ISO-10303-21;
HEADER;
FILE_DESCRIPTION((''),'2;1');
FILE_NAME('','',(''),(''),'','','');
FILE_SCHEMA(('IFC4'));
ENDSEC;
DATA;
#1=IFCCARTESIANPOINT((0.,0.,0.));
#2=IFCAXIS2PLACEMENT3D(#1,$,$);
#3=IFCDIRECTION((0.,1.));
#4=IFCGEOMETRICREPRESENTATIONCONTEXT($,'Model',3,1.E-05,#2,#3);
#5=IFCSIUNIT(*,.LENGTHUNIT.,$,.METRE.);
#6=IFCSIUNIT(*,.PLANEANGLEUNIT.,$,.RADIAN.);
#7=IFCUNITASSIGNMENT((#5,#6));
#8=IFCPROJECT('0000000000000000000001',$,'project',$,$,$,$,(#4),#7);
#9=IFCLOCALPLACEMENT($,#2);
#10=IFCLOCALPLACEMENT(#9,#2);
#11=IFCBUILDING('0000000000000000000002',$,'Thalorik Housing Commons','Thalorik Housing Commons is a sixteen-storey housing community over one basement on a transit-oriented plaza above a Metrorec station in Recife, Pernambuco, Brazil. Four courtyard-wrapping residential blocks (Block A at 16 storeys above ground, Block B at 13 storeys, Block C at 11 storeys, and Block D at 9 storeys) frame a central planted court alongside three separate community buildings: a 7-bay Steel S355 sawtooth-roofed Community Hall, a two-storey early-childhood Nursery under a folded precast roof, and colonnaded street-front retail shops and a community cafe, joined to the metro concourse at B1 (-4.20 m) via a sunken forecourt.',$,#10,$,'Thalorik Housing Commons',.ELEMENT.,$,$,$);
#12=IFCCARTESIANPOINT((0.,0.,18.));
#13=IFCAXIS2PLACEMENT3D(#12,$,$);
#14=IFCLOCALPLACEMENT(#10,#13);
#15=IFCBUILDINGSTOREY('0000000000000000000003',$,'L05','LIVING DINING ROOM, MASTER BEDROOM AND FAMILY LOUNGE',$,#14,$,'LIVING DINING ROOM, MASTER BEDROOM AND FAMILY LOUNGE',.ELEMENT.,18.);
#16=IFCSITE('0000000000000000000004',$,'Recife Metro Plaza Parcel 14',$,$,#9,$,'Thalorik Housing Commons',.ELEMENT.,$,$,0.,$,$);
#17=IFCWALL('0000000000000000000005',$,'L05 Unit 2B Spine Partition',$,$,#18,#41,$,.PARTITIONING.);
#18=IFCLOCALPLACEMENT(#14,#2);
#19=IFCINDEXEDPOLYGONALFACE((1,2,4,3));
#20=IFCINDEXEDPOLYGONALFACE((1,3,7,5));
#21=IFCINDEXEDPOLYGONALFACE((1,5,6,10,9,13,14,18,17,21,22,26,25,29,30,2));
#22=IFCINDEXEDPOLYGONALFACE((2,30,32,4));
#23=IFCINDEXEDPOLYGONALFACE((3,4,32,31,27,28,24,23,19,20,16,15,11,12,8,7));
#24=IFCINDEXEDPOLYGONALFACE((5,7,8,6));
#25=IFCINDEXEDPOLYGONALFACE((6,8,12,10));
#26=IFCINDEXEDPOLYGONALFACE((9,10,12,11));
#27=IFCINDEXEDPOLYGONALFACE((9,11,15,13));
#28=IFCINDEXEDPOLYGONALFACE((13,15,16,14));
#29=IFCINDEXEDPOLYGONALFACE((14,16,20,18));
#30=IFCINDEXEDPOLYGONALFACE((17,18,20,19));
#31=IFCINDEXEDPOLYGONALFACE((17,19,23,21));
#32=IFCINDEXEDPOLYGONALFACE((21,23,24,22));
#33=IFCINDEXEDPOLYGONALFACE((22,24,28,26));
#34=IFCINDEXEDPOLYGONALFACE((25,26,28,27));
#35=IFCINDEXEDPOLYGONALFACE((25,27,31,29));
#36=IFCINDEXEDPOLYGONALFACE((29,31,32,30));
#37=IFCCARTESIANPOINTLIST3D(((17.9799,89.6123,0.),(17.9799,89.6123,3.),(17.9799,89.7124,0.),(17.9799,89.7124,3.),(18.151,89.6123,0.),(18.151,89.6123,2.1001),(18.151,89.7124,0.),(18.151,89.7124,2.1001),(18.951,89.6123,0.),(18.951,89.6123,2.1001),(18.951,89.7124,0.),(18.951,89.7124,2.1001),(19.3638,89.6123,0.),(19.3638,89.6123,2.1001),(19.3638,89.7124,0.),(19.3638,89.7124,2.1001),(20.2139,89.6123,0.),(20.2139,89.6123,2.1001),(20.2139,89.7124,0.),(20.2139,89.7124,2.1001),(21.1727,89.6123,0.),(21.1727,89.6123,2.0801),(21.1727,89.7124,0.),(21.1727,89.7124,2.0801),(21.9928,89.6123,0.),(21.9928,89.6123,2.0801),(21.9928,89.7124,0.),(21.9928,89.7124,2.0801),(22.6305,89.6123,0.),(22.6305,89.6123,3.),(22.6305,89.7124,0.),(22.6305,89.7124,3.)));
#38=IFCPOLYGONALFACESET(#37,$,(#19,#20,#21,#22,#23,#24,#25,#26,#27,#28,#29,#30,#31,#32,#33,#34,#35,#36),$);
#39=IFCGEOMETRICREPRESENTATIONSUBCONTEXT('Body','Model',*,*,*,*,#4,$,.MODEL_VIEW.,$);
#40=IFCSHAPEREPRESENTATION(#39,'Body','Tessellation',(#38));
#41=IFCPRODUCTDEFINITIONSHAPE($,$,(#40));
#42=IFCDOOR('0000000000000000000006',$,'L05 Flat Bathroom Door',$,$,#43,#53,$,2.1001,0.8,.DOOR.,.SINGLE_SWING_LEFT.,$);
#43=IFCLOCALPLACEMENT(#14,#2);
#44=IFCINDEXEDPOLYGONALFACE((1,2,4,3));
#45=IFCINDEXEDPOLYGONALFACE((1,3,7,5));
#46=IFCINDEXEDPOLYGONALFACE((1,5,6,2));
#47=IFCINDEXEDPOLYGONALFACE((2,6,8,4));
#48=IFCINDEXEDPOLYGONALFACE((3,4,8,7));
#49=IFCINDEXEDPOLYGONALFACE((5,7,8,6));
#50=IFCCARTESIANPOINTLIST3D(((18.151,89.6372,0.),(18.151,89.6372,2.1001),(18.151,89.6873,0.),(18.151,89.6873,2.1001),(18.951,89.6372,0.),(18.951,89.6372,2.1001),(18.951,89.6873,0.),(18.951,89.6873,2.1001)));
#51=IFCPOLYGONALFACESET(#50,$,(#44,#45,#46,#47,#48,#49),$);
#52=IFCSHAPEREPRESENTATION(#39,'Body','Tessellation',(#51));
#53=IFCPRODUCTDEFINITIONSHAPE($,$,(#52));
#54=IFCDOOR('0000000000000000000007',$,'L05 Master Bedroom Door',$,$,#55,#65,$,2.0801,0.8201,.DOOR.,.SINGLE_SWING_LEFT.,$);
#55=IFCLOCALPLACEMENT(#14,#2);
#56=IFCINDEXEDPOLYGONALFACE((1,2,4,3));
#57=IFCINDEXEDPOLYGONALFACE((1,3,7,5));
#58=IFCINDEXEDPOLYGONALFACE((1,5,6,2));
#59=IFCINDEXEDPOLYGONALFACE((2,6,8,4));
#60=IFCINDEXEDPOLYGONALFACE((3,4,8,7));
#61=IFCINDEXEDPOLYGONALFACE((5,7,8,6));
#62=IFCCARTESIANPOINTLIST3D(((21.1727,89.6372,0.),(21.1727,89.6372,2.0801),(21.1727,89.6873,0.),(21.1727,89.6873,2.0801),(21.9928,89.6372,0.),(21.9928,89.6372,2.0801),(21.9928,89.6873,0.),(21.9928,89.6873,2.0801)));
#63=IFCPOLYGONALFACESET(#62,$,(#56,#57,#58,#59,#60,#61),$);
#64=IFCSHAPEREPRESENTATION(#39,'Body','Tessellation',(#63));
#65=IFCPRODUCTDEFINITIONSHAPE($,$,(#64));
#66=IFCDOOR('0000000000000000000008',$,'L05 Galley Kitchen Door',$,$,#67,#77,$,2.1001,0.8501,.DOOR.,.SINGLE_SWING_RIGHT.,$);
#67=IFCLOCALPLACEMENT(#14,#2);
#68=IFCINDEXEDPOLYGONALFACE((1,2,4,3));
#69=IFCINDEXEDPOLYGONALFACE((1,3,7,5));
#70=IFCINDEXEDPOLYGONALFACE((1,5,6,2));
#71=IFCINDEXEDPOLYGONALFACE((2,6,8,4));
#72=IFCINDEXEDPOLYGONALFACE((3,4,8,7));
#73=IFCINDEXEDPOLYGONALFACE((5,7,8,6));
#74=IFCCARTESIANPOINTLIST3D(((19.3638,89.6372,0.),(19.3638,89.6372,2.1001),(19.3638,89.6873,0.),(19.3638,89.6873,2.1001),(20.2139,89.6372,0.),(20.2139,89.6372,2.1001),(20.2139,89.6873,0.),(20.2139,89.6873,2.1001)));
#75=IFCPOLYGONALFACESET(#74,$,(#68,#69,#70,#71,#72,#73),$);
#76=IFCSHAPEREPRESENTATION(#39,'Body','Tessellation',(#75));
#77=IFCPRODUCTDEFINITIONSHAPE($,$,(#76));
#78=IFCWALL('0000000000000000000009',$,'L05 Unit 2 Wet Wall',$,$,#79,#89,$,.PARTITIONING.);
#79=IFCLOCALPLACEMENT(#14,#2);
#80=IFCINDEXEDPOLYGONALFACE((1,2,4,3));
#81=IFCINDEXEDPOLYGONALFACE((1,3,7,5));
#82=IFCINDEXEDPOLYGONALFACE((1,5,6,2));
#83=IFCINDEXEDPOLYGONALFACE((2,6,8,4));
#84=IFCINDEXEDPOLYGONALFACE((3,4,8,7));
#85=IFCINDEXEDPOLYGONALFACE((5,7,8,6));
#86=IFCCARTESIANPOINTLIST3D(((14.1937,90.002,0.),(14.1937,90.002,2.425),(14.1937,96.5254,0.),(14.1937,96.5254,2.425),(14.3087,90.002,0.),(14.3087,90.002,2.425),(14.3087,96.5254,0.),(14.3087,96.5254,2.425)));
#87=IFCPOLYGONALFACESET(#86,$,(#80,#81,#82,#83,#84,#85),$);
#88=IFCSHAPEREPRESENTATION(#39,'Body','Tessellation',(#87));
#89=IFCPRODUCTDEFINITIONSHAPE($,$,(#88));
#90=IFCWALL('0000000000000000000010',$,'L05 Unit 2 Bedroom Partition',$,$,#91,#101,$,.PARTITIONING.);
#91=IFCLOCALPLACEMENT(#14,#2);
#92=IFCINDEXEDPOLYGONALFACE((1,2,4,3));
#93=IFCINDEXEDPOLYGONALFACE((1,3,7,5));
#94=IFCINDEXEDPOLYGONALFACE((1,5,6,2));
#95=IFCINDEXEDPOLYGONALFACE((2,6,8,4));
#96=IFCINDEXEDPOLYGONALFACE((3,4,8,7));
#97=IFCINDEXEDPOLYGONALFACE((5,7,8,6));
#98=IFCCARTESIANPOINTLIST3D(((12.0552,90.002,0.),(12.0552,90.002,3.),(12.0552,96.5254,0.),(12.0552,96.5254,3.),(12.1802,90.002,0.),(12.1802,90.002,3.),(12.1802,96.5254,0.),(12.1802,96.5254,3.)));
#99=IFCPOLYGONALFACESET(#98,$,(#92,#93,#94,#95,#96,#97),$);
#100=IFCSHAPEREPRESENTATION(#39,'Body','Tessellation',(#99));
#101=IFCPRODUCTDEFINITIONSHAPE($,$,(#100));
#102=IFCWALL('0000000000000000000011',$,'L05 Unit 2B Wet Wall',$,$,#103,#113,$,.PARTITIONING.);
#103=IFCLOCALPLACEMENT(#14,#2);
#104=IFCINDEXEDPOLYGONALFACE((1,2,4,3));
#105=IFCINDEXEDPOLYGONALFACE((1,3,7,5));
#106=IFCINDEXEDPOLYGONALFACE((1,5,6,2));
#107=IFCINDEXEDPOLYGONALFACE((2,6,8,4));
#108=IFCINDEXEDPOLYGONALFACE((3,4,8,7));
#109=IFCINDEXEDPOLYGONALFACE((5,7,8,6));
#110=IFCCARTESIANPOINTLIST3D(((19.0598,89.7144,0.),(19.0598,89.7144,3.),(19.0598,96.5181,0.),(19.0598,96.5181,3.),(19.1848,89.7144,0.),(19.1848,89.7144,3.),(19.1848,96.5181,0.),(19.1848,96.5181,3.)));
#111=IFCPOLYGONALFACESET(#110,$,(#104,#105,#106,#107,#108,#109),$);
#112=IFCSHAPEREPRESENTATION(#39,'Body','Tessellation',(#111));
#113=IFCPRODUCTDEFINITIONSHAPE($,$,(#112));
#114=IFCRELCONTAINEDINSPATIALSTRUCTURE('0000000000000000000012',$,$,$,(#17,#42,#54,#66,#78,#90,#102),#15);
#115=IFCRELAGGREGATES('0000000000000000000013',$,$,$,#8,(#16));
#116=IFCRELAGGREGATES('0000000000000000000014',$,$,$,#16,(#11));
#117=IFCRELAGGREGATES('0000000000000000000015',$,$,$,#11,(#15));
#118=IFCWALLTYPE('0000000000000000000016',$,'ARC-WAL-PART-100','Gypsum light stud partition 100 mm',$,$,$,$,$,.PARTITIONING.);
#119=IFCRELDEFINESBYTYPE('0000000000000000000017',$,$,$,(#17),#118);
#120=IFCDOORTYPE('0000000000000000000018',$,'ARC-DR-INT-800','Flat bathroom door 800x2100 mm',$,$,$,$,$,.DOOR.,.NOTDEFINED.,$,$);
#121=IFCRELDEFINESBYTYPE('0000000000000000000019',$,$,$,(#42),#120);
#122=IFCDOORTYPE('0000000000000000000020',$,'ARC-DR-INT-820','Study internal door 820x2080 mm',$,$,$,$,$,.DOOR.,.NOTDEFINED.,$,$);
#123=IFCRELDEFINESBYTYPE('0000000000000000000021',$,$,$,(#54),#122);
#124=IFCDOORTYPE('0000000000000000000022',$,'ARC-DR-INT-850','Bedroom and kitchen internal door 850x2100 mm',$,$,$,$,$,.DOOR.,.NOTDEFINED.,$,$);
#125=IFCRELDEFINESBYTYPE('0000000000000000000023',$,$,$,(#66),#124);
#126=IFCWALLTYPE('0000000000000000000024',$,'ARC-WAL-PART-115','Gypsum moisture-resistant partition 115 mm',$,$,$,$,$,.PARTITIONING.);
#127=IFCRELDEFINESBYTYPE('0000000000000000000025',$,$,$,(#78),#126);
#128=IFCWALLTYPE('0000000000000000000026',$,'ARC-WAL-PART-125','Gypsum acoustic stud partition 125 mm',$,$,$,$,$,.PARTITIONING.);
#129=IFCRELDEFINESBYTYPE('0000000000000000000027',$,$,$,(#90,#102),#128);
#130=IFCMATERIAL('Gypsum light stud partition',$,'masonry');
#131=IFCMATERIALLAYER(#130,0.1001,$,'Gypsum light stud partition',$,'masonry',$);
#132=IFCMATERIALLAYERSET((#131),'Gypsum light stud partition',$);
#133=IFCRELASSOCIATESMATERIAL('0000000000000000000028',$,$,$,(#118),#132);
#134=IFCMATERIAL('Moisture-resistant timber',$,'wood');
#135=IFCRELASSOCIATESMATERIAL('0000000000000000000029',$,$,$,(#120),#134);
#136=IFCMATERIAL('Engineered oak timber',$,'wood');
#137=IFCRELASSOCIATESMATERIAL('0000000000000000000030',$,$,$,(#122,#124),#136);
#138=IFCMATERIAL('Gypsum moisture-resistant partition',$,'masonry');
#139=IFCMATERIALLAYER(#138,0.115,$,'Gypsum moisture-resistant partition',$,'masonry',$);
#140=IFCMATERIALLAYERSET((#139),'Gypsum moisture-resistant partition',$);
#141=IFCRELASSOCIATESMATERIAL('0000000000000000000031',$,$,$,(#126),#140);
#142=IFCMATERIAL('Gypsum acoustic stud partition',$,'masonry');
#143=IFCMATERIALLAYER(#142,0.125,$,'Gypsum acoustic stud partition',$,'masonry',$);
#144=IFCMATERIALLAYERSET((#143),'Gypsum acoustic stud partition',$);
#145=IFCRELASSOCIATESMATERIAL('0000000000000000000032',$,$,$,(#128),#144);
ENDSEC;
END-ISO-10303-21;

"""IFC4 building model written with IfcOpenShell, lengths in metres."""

from ifc_helpers import new_model, si_unit, direction, frame, frame_2d, origin, place, context, subcontext, project, spatial, rectangle, extrude, material, layer, layer_set, type_object, element, fill, save


model = new_model("IFC4")

# Units and contexts
model_context = context("Model", 3, precision=1e-05, world=origin(), true_north=direction((0.0, 1.0)))
body_context = subcontext(model_context, "Body", "Model", "MODEL_VIEW")
ifc_project = project(units=[si_unit("LENGTHUNIT", "METRE"), si_unit("PLANEANGLEUNIT", "RADIAN")], contexts=[model_context])

# Site, building, storey
site_placement = place(None, origin())
site = spatial("IfcSite", under=ifc_project, at=site_placement, Name="Recife Metro Plaza Parcel 14", LongName="Thalorik Housing Commons", CompositionType="ELEMENT", RefElevation=0.0)
building_placement = place(site_placement, origin())
building = spatial("IfcBuilding", under=site, at=building_placement, Name="Thalorik Housing Commons", Description="Thalorik Housing Commons is a sixteen-storey housing community over one basement on a transit-oriented plaza above a Metrorec station in Recife, Pernambuco, Brazil. Four courtyard-wrapping residential blocks (Block A at 16 storeys above ground, Block B at 13 storeys, Block C at 11 storeys, and Block D at 9 storeys) frame a central planted court alongside three separate community buildings: a 7-bay Steel S355 sawtooth-roofed Community Hall, a two-storey early-childhood Nursery under a folded precast roof, and colonnaded street-front retail shops and a community cafe, joined to the metro concourse at B1 (-4.20 m) via a sunken forecourt.", LongName="Thalorik Housing Commons", CompositionType="ELEMENT")
storey_placement = place(building_placement, frame((0.0, 0.0, 18.0)))
storey = spatial("IfcBuildingStorey", under=building, at=storey_placement, Name="L05", Description="LIVING DINING ROOM, MASTER BEDROOM AND FAMILY LOUNGE", LongName="LIVING DINING ROOM, MASTER BEDROOM AND FAMILY LOUNGE", CompositionType="ELEMENT", Elevation=18.0)

# Wall, openings, doors
ifc_material_1 = material(Name="Gypsum light stud partition", Category="masonry")
ifc_layer_1 = layer(ifc_material_1, 0.1001, Name="Gypsum light stud partition", Category="masonry")
ifc_layer_set_1 = layer_set([ifc_layer_1], Name="Gypsum light stud partition")
wall_type_1 = type_object("IfcWallType", Name="ARC-WAL-PART-100", Description="Gypsum light stud partition 100 mm", PredefinedType="PARTITIONING", material=ifc_layer_set_1)
wall_1_placement = place(storey_placement, frame((17.98, 89.6624, 0.0), z_axis=(0.0, 0.0, 1.0), x_axis=(1.0, 0.0, 0.0)))
wall_1 = element("IfcWall", 1, at=wall_1_placement, inside=storey, type_object=wall_type_1, Name="L05 Unit 2B Spine Partition", PredefinedType="PARTITIONING", context=body_context, shape_type="SweptSolid", body=[
    extrude(rectangle(XDim=4.6506, YDim=0.1001, at=frame_2d((2.3252, 0.0))), origin(), (0.0, 0.0, 1.0), 3.0),
])
opening_1_placement = place(wall_1_placement, frame((0.1711, 0.0, 0.0)))
opening_1 = element("IfcOpeningElement", 2, at=opening_1_placement, cuts=wall_1, PredefinedType="OPENING", context=body_context, shape_type="SweptSolid", body=[
    extrude(rectangle(XDim=0.8, YDim=2.1001, at=frame_2d((0.3999, 1.05))), frame((0.0, 0.0601, 0.0), z_axis=(0.0, -1.0, 0.0), x_axis=(1.0, 0.0, 0.0)), (0.0, 0.0, 1.0), 0.1201),
])
opening_2_placement = place(wall_1_placement, frame((1.3838, 0.0, 0.0)))
opening_2 = element("IfcOpeningElement", 3, at=opening_2_placement, cuts=wall_1, PredefinedType="OPENING", context=body_context, shape_type="SweptSolid", body=[
    extrude(rectangle(XDim=0.8501, YDim=2.1001, at=frame_2d((0.425, 1.05))), frame((0.0, 0.0601, 0.0), z_axis=(0.0, -1.0, 0.0), x_axis=(1.0, 0.0, 0.0)), (0.0, 0.0, 1.0), 0.1201),
])
opening_3_placement = place(wall_1_placement, frame((3.1926, 0.0, 0.0)))
opening_3 = element("IfcOpeningElement", 4, at=opening_3_placement, cuts=wall_1, PredefinedType="OPENING", context=body_context, shape_type="SweptSolid", body=[
    extrude(rectangle(XDim=0.8201, YDim=2.0801, at=frame_2d((0.4102, 1.04))), frame((0.0, 0.0601, 0.0), z_axis=(0.0, -1.0, 0.0), x_axis=(1.0, 0.0, 0.0)), (0.0, 0.0, 1.0), 0.1201),
])
ifc_material_2 = material(Name="Moisture-resistant timber", Category="wood")
door_type_1 = type_object("IfcDoorType", Name="ARC-DR-INT-800", Description="Flat bathroom door 800x2100 mm", OperationType="NOTDEFINED", PredefinedType="DOOR", material=ifc_material_2)
door_1_placement = place(opening_1_placement, origin())
door_1 = element("IfcDoor", 5, at=door_1_placement, inside=storey, type_object=door_type_1, Name="L05 Flat Bathroom Door", OperationType="SINGLE_SWING_LEFT", OverallHeight=2.1001, OverallWidth=0.8, PredefinedType="DOOR", context=body_context, shape_type="SweptSolid", body=[
    extrude(rectangle(XDim=0.8, YDim=2.1001, at=frame_2d((0.3999, 1.05))), frame((0.0, 0.0249, 0.0), z_axis=(0.0, -1.0, 0.0), x_axis=(1.0, 0.0, 0.0)), (0.0, 0.0, 1.0), 0.05),
])
fill(opening_1, door_1)
ifc_material_3 = material(Name="Engineered oak timber", Category="wood")
door_type_2 = type_object("IfcDoorType", Name="ARC-DR-INT-820", Description="Study internal door 820x2080 mm", OperationType="NOTDEFINED", PredefinedType="DOOR", material=ifc_material_3)
door_2_placement = place(opening_3_placement, origin())
door_2 = element("IfcDoor", 6, at=door_2_placement, inside=storey, type_object=door_type_2, Name="L05 Master Bedroom Door", OperationType="SINGLE_SWING_LEFT", OverallHeight=2.0801, OverallWidth=0.8201, PredefinedType="DOOR", context=body_context, shape_type="SweptSolid", body=[
    extrude(rectangle(XDim=0.8201, YDim=2.0801, at=frame_2d((0.4102, 1.04))), frame((0.0, 0.0249, 0.0), z_axis=(0.0, -1.0, 0.0), x_axis=(1.0, 0.0, 0.0)), (0.0, 0.0, 1.0), 0.05),
])
fill(opening_3, door_2)
door_type_3 = type_object("IfcDoorType", Name="ARC-DR-INT-850", Description="Bedroom and kitchen internal door 850x2100 mm", OperationType="NOTDEFINED", PredefinedType="DOOR", material=ifc_material_3)
door_3_placement = place(opening_2_placement, origin())
door_3 = element("IfcDoor", 7, at=door_3_placement, inside=storey, type_object=door_type_3, Name="L05 Galley Kitchen Door", OperationType="SINGLE_SWING_RIGHT", OverallHeight=2.1001, OverallWidth=0.8501, PredefinedType="DOOR", context=body_context, shape_type="SweptSolid", body=[
    extrude(rectangle(XDim=0.8501, YDim=2.1001, at=frame_2d((0.425, 1.05))), frame((0.0, 0.0249, 0.0), z_axis=(0.0, -1.0, 0.0), x_axis=(1.0, 0.0, 0.0)), (0.0, 0.0, 1.0), 0.05),
])
fill(opening_2, door_3)

# Walls
ifc_material_4 = material(Name="Gypsum moisture-resistant partition", Category="masonry")
ifc_layer_2 = layer(ifc_material_4, 0.115, Name="Gypsum moisture-resistant partition", Category="masonry")
ifc_layer_set_2 = layer_set([ifc_layer_2], Name="Gypsum moisture-resistant partition")
wall_type_2 = type_object("IfcWallType", Name="ARC-WAL-PART-115", Description="Gypsum moisture-resistant partition 115 mm", PredefinedType="PARTITIONING", material=ifc_layer_set_2)
wall_2_placement = place(storey_placement, frame((14.2512, 90.002, 0.0), z_axis=(0.0, 0.0, 1.0), x_axis=(0.0, 1.0, 0.0)))
element("IfcWall", 8, at=wall_2_placement, inside=storey, type_object=wall_type_2, Name="L05 Unit 2 Wet Wall", PredefinedType="PARTITIONING", context=body_context, shape_type="SweptSolid", body=[
    extrude(rectangle(XDim=6.5234, YDim=0.115, at=frame_2d((3.2617, 0.0))), origin(), (0.0, 0.0, 1.0), 2.425),
])
ifc_material_5 = material(Name="Gypsum acoustic stud partition", Category="masonry")
ifc_layer_3 = layer(ifc_material_5, 0.125, Name="Gypsum acoustic stud partition", Category="masonry")
ifc_layer_set_3 = layer_set([ifc_layer_3], Name="Gypsum acoustic stud partition")
wall_type_3 = type_object("IfcWallType", Name="ARC-WAL-PART-125", Description="Gypsum acoustic stud partition 125 mm", PredefinedType="PARTITIONING", material=ifc_layer_set_3)
wall_3_placement = place(storey_placement, frame((12.1177, 90.002, 0.0), z_axis=(0.0, 0.0, 1.0), x_axis=(0.0, 1.0, 0.0)))
element("IfcWall", 9, at=wall_3_placement, inside=storey, type_object=wall_type_3, Name="L05 Unit 2 Bedroom Partition", PredefinedType="PARTITIONING", context=body_context, shape_type="SweptSolid", body=[
    extrude(rectangle(XDim=6.5234, YDim=0.125, at=frame_2d((3.2617, 0.0))), origin(), (0.0, 0.0, 1.0), 3.0),
])
wall_4_placement = place(storey_placement, frame((19.1223, 89.7144, 0.0), z_axis=(0.0, 0.0, 1.0), x_axis=(0.0, 1.0, 0.0)))
element("IfcWall", 10, at=wall_4_placement, inside=storey, type_object=wall_type_3, Name="L05 Unit 2B Wet Wall", PredefinedType="PARTITIONING", context=body_context, shape_type="SweptSolid", body=[
    extrude(rectangle(XDim=6.8037, YDim=0.125, at=frame_2d((3.4019, 0.0))), origin(), (0.0, 0.0, 1.0), 3.0),
])

save(model, "model.ifc")
